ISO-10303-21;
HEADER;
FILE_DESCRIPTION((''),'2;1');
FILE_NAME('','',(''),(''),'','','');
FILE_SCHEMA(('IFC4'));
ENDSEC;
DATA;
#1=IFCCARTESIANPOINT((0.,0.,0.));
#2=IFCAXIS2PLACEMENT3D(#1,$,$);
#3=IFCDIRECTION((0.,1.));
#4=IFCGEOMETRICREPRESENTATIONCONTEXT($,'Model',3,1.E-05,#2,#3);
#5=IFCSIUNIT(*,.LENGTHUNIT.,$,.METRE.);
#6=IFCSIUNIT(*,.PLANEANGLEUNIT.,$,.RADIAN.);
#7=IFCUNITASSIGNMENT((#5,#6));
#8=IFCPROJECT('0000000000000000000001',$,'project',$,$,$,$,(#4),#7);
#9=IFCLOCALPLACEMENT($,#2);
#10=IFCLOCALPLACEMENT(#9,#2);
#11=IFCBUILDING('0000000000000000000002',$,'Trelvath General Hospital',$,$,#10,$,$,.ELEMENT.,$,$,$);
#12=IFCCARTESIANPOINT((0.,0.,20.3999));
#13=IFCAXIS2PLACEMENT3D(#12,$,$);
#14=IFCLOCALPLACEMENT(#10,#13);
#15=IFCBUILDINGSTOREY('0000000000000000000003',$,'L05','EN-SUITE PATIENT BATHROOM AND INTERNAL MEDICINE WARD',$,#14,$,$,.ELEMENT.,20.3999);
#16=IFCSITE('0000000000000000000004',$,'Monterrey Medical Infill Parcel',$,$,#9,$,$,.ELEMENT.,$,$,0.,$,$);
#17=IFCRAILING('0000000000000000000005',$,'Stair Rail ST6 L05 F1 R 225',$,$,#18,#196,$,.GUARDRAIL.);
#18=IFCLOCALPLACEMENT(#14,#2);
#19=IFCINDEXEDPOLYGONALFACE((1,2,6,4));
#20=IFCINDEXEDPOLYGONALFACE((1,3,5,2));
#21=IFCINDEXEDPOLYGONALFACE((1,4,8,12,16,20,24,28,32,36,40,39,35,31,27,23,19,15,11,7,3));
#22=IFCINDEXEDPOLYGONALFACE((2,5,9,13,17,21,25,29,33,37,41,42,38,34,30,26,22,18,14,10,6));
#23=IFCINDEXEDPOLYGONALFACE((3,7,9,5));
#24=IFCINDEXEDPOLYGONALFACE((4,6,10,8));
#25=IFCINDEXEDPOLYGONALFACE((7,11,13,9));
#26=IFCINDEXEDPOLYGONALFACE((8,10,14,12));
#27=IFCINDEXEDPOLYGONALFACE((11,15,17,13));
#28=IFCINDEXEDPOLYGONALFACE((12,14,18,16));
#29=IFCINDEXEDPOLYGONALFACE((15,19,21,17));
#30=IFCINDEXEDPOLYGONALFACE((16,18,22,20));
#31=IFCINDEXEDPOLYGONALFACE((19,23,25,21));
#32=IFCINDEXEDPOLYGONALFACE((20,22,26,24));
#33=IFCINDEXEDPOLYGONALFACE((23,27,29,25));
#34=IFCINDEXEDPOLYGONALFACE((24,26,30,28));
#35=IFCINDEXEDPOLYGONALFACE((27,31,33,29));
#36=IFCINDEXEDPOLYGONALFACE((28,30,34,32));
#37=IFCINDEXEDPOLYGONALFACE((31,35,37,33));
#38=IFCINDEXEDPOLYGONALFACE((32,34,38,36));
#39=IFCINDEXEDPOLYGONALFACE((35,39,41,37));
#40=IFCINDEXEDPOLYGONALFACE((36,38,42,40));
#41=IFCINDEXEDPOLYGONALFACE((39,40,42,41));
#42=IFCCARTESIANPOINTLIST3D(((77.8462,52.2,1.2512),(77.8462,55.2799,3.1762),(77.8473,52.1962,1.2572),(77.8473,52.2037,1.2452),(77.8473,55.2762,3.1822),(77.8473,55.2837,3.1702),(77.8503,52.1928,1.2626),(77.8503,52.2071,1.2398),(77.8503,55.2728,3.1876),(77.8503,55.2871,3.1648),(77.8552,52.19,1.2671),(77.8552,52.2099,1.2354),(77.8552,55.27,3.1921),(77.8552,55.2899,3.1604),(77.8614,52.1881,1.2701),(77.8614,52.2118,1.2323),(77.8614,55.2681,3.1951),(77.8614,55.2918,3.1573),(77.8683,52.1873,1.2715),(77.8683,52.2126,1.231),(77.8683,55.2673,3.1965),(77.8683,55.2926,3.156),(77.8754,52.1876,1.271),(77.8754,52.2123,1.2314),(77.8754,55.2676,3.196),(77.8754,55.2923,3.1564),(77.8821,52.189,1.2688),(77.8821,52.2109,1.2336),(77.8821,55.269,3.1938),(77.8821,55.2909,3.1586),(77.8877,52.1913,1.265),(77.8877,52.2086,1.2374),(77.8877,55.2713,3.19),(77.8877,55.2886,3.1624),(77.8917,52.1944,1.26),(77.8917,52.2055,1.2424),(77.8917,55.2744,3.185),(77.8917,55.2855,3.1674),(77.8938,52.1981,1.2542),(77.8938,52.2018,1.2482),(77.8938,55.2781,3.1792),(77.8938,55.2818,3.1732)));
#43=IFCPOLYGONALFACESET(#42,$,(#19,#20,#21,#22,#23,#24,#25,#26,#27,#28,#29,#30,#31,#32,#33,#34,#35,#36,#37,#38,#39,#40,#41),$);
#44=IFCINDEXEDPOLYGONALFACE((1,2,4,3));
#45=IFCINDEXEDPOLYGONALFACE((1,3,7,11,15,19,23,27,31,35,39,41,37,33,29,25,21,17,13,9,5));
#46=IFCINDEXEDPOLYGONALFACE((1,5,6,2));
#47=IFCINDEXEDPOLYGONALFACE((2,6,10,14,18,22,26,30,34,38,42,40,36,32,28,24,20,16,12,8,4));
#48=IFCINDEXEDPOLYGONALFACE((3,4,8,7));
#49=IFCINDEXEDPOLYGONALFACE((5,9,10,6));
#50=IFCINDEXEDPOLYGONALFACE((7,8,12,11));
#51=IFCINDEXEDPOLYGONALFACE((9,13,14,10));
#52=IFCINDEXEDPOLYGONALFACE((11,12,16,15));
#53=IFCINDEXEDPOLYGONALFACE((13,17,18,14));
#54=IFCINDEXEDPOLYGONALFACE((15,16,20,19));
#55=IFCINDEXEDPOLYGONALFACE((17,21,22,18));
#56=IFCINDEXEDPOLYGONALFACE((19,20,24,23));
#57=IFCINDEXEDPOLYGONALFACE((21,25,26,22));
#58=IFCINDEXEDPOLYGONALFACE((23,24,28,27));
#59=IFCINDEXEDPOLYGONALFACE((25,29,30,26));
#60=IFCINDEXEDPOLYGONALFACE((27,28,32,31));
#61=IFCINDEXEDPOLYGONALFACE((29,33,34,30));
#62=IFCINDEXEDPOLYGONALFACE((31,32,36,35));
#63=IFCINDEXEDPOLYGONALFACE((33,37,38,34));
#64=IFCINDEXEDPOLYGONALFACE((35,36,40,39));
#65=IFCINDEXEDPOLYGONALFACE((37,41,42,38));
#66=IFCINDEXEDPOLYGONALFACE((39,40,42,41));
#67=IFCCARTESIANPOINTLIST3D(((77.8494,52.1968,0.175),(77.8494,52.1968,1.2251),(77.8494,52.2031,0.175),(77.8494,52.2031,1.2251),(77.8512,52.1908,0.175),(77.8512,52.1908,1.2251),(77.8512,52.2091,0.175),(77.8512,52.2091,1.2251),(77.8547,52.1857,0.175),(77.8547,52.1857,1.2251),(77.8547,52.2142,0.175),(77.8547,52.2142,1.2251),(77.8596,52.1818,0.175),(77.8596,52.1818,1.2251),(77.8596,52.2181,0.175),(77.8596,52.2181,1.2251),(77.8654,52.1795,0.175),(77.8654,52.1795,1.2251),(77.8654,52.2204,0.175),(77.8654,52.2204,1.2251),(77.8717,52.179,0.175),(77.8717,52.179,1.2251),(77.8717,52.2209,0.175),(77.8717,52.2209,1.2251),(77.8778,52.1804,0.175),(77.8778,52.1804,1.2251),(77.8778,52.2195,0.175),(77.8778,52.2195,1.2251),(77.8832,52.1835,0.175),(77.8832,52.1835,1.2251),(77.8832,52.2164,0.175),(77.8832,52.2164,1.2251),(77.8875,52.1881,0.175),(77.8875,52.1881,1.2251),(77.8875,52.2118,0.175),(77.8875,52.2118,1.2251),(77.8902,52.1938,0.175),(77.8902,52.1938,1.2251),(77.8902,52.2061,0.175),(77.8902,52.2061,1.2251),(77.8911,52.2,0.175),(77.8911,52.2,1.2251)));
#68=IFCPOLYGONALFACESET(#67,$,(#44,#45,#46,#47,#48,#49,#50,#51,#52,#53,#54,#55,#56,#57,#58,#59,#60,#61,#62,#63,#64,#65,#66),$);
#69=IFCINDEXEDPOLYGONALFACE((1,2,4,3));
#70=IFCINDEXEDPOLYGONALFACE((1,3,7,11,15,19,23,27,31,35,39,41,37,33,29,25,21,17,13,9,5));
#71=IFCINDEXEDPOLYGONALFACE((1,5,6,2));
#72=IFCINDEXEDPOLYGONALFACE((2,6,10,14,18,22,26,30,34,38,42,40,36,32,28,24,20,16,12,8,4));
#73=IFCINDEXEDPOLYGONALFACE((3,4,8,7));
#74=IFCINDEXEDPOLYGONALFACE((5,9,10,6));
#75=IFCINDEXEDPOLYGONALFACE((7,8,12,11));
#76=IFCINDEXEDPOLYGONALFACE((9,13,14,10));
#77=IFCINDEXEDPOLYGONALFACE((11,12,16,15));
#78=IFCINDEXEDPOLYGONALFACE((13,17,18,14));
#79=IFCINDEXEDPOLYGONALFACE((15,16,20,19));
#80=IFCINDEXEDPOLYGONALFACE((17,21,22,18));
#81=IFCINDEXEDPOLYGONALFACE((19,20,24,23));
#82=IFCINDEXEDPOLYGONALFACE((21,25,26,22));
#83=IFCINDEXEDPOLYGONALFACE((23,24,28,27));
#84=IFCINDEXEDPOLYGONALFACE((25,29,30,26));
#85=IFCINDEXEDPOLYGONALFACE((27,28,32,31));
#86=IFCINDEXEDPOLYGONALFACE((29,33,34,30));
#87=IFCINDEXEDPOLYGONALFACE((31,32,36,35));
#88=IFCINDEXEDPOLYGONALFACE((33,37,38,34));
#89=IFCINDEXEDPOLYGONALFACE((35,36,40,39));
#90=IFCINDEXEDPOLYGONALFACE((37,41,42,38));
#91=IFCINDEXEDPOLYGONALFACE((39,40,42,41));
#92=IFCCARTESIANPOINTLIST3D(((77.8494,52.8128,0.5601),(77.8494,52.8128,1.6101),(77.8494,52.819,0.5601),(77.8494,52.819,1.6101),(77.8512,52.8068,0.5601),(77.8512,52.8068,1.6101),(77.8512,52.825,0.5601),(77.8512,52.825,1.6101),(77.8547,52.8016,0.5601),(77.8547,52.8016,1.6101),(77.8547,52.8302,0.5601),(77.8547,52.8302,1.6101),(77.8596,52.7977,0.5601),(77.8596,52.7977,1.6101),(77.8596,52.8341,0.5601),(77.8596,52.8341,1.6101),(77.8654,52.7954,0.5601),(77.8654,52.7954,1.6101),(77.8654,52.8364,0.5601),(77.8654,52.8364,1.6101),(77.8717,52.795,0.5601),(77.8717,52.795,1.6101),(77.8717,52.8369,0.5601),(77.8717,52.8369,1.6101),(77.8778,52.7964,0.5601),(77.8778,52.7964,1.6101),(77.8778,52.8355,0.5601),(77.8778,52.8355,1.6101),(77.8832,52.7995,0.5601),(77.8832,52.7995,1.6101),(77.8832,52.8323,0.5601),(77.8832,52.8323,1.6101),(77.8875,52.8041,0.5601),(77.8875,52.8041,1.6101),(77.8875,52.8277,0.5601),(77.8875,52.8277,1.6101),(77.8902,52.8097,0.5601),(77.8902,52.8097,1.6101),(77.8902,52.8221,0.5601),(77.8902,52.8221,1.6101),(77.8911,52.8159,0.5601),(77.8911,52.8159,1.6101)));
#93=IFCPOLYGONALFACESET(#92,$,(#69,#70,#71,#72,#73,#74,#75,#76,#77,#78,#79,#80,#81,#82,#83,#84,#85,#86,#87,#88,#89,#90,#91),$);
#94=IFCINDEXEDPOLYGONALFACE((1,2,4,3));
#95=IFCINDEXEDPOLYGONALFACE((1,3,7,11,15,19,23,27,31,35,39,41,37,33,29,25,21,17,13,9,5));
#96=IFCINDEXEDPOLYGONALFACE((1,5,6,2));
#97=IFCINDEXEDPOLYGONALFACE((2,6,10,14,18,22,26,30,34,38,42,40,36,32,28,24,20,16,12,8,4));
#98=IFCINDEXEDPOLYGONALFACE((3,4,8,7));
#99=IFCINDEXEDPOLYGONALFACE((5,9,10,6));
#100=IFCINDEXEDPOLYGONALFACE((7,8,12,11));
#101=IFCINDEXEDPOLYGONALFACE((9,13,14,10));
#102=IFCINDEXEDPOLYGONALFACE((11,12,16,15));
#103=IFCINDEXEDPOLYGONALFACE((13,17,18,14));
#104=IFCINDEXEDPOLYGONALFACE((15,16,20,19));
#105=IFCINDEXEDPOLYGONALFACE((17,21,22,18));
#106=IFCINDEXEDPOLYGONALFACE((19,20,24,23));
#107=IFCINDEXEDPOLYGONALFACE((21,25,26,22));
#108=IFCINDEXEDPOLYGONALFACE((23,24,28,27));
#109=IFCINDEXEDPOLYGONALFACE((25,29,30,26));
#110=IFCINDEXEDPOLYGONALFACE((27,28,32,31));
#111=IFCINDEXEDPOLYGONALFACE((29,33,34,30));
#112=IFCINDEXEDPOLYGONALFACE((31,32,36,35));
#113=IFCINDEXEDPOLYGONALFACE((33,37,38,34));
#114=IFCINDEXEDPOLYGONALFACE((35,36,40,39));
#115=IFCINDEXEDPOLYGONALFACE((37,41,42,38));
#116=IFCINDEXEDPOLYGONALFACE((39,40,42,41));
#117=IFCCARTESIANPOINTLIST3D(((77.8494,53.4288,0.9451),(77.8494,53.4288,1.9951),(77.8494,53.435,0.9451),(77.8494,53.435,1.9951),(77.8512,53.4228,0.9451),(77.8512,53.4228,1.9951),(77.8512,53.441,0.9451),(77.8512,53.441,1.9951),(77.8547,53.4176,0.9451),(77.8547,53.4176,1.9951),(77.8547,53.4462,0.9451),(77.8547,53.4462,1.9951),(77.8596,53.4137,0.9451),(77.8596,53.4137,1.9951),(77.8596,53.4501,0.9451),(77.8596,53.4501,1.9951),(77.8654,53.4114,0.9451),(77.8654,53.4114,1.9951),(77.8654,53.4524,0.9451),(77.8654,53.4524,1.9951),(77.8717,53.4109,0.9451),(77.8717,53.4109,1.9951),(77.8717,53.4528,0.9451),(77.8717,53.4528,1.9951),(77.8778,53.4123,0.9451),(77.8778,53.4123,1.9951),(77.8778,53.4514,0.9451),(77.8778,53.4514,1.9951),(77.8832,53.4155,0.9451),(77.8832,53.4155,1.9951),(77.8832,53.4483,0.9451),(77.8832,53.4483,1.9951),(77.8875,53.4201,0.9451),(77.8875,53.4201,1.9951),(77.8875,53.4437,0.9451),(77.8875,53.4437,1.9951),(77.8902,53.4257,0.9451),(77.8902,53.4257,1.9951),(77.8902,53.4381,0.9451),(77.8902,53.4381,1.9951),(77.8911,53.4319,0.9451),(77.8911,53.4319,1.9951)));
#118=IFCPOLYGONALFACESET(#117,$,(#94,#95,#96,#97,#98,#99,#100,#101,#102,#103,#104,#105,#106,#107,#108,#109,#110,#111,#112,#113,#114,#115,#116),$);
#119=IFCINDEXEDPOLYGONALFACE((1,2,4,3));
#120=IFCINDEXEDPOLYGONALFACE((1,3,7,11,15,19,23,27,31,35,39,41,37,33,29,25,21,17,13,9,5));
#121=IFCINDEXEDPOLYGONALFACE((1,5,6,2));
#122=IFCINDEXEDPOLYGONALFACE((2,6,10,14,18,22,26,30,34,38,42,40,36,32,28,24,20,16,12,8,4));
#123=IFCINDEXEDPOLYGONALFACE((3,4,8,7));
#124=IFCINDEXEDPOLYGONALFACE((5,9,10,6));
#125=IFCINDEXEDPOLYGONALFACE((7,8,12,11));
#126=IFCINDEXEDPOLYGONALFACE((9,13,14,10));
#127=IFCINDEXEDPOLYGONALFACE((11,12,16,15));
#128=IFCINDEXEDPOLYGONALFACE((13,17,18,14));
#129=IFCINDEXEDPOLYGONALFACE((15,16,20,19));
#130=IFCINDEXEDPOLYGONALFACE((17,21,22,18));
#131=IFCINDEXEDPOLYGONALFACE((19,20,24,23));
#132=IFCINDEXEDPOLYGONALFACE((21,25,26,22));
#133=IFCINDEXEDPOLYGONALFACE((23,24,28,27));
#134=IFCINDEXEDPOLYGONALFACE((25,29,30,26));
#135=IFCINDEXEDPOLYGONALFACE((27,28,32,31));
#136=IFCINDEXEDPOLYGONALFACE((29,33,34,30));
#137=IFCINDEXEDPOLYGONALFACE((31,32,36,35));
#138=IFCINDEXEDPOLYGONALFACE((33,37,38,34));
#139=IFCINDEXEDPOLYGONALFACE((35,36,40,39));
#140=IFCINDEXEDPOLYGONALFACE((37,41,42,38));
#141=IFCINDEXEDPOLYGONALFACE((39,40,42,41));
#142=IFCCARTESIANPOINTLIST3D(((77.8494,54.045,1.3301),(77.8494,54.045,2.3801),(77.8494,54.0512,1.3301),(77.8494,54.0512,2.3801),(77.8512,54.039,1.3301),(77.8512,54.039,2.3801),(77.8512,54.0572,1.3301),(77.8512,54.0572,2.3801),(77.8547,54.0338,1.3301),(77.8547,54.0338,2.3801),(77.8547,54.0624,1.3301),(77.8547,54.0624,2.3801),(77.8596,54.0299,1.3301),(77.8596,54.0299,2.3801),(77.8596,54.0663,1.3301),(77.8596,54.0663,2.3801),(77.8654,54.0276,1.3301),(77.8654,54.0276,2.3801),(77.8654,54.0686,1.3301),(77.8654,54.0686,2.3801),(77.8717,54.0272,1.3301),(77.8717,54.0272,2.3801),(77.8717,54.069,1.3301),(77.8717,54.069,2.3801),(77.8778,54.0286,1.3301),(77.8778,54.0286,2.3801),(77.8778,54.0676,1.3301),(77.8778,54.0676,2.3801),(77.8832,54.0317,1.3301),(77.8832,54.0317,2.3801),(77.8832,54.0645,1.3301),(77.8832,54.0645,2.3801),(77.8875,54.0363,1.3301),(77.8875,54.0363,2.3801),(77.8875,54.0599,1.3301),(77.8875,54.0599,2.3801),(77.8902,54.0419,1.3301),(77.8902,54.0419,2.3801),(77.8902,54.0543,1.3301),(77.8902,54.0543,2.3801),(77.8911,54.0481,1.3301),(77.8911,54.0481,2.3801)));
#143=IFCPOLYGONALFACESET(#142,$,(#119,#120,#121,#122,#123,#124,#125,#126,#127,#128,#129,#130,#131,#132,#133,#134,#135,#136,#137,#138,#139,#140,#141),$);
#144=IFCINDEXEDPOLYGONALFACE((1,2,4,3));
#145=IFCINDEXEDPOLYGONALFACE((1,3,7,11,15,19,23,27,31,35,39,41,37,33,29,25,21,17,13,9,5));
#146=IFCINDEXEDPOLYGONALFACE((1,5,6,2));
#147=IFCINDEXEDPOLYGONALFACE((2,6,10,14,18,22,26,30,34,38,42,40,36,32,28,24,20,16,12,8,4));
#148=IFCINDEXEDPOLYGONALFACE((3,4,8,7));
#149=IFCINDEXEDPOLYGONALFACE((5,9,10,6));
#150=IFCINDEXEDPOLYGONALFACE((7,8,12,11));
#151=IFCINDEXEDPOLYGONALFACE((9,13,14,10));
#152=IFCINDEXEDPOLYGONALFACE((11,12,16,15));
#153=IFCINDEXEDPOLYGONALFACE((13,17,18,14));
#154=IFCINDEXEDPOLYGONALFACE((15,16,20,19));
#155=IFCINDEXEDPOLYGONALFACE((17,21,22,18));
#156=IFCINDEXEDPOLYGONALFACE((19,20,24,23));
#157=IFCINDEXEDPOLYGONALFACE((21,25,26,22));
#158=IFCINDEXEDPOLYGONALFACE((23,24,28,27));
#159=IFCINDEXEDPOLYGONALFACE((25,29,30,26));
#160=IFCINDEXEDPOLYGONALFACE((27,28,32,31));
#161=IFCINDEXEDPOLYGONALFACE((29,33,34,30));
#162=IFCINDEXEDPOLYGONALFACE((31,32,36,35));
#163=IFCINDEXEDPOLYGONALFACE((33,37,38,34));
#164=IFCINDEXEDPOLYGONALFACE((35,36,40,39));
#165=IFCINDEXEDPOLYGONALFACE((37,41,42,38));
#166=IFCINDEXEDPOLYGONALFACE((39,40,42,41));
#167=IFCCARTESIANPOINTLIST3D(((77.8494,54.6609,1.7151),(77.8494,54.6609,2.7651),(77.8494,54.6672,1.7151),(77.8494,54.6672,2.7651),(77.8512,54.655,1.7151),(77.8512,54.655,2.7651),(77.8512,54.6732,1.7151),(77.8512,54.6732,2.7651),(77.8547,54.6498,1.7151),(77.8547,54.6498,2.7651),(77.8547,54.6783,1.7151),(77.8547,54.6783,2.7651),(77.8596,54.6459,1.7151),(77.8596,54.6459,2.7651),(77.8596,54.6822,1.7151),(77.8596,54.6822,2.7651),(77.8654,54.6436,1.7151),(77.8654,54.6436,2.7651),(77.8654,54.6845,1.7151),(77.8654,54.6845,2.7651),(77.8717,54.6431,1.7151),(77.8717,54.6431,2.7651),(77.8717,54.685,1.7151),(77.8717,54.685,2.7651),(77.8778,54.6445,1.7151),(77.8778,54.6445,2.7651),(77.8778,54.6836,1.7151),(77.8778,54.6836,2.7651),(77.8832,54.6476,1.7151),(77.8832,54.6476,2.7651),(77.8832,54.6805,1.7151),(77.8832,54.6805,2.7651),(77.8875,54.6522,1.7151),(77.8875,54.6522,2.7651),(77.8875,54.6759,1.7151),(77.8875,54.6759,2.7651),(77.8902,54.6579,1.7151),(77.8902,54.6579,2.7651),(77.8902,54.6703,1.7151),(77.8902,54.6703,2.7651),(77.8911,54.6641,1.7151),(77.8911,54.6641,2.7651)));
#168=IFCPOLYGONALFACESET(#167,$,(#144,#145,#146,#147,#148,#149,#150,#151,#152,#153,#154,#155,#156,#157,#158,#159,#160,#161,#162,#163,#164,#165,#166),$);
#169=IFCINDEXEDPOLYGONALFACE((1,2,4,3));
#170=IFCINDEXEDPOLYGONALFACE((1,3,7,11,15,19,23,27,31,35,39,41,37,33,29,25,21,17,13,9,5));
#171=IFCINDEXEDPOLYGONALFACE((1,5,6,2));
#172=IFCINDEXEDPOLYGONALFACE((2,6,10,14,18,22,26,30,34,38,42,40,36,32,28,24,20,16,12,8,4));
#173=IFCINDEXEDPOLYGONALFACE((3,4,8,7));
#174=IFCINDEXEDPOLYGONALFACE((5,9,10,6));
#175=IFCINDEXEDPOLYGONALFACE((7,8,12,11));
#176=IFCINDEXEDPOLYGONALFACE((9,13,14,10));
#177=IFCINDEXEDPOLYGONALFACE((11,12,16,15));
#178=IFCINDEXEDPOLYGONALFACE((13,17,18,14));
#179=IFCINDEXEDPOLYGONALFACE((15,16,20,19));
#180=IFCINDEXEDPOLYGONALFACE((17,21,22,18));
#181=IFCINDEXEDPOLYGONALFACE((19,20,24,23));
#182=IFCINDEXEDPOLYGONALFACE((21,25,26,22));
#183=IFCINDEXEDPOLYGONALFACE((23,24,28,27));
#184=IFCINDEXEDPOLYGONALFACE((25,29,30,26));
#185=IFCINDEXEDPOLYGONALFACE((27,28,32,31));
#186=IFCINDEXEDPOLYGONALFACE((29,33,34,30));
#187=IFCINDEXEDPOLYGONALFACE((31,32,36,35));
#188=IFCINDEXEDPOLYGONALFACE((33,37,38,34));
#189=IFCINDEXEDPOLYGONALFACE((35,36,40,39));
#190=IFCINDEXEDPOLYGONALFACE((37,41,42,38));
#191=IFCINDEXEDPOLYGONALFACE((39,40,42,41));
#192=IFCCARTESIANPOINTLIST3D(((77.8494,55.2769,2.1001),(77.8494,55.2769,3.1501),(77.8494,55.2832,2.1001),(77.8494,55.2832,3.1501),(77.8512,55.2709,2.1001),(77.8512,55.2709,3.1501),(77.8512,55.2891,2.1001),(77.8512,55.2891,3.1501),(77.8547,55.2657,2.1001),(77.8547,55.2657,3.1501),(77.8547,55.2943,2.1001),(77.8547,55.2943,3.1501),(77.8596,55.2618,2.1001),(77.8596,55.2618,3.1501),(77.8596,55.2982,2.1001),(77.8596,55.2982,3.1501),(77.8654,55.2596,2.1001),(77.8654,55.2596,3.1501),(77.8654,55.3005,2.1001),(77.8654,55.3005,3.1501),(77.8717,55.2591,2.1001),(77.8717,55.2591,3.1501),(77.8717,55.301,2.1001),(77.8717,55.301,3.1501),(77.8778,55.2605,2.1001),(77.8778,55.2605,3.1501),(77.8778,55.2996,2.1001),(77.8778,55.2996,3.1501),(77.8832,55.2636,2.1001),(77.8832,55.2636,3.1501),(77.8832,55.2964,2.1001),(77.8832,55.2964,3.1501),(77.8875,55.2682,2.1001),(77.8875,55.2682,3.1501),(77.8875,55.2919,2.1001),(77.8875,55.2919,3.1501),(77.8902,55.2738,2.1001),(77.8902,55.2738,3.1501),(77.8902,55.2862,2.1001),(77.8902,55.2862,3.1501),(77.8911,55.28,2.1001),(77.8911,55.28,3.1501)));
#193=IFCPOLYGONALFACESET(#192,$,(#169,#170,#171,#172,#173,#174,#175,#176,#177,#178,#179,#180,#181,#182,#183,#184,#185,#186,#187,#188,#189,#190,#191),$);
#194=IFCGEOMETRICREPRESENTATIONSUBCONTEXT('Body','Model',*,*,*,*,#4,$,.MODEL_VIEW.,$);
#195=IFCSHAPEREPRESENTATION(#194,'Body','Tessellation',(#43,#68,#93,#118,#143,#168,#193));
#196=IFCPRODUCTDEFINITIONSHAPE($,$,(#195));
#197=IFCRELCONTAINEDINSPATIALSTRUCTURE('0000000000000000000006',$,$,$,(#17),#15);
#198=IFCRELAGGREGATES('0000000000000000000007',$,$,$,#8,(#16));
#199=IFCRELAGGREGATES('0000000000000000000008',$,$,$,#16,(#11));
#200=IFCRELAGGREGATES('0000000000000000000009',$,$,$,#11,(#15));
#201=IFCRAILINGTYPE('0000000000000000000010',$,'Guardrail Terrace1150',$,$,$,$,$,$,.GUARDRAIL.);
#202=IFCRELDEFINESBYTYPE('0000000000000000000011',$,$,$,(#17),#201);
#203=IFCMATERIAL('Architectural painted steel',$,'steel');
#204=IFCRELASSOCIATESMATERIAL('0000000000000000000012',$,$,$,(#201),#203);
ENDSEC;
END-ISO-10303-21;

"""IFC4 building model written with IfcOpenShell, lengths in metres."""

from ifc_helpers import new_model, si_unit, direction, frame, origin, origin_2d, place, context, subcontext, project, spatial, circle, extrude, material, type_object, element, save


model = new_model("IFC4")

# Units and contexts
model_context = context("Model", 3, precision=1e-05, world=origin(), true_north=direction((0.0, 1.0)))
body_context = subcontext(model_context, "Body", "Model", "MODEL_VIEW")
ifc_project = project(units=[si_unit("LENGTHUNIT", "METRE"), si_unit("PLANEANGLEUNIT", "RADIAN")], contexts=[model_context])

# Site, building, storey
site_placement = place(None, origin())
site = spatial("IfcSite", under=ifc_project, at=site_placement, Name="Monterrey Medical Infill Parcel", CompositionType="ELEMENT", RefElevation=0.0)
building_placement = place(site_placement, origin())
building = spatial("IfcBuilding", under=site, at=building_placement, Name="Trelvath General Hospital", CompositionType="ELEMENT")
storey_placement = place(building_placement, frame((0.0, 0.0, 20.3999)))
storey = spatial("IfcBuildingStorey", under=building, at=storey_placement, Name="L05", Description="EN-SUITE PATIENT BATHROOM AND INTERNAL MEDICINE WARD", CompositionType="ELEMENT", Elevation=20.3999)

# Railing
ifc_material_1 = material(Name="Architectural painted steel", Category="steel")
railing_type_1 = type_object("IfcRailingType", Name="Guardrail Terrace1150", PredefinedType="GUARDRAIL", material=ifc_material_1)
railing_1_placement = place(storey_placement, frame((77.8701, 52.2, 0.175)))
element("IfcRailing", 1, at=railing_1_placement, inside=storey, type_object=railing_type_1, Name="Stair Rail ST6 L05 F1 R 225", PredefinedType="GUARDRAIL", context=body_context, shape_type="SweptSolid", body=[
    extrude(circle(Radius=0.0239, at=origin_2d()), frame((0.0, 0.0, 1.0762), z_axis=(0.0, 0.847998, 0.529999), x_axis=(-1.0, 0.0, 0.0)), (0.0, 0.0, 1.0), 3.6321),
    extrude(circle(Radius=0.021, at=origin_2d()), origin(), (0.0, 0.0, 1.0), 1.05),
    extrude(circle(Radius=0.021, at=origin_2d()), frame((0.0, 0.616, 0.385)), (0.0, 0.0, 1.0), 1.05),
    extrude(circle(Radius=0.021, at=origin_2d()), frame((0.0, 1.2319, 0.77)), (0.0, 0.0, 1.0), 1.05),
    extrude(circle(Radius=0.021, at=origin_2d()), frame((0.0, 1.8481, 1.155)), (0.0, 0.0, 1.0), 1.05),
    extrude(circle(Radius=0.021, at=origin_2d()), frame((0.0, 2.4641, 1.54)), (0.0, 0.0, 1.0), 1.05),
    extrude(circle(Radius=0.021, at=origin_2d()), frame((0.0, 3.0801, 1.925)), (0.0, 0.0, 1.0), 1.05),
])

save(model, "model.ifc")
